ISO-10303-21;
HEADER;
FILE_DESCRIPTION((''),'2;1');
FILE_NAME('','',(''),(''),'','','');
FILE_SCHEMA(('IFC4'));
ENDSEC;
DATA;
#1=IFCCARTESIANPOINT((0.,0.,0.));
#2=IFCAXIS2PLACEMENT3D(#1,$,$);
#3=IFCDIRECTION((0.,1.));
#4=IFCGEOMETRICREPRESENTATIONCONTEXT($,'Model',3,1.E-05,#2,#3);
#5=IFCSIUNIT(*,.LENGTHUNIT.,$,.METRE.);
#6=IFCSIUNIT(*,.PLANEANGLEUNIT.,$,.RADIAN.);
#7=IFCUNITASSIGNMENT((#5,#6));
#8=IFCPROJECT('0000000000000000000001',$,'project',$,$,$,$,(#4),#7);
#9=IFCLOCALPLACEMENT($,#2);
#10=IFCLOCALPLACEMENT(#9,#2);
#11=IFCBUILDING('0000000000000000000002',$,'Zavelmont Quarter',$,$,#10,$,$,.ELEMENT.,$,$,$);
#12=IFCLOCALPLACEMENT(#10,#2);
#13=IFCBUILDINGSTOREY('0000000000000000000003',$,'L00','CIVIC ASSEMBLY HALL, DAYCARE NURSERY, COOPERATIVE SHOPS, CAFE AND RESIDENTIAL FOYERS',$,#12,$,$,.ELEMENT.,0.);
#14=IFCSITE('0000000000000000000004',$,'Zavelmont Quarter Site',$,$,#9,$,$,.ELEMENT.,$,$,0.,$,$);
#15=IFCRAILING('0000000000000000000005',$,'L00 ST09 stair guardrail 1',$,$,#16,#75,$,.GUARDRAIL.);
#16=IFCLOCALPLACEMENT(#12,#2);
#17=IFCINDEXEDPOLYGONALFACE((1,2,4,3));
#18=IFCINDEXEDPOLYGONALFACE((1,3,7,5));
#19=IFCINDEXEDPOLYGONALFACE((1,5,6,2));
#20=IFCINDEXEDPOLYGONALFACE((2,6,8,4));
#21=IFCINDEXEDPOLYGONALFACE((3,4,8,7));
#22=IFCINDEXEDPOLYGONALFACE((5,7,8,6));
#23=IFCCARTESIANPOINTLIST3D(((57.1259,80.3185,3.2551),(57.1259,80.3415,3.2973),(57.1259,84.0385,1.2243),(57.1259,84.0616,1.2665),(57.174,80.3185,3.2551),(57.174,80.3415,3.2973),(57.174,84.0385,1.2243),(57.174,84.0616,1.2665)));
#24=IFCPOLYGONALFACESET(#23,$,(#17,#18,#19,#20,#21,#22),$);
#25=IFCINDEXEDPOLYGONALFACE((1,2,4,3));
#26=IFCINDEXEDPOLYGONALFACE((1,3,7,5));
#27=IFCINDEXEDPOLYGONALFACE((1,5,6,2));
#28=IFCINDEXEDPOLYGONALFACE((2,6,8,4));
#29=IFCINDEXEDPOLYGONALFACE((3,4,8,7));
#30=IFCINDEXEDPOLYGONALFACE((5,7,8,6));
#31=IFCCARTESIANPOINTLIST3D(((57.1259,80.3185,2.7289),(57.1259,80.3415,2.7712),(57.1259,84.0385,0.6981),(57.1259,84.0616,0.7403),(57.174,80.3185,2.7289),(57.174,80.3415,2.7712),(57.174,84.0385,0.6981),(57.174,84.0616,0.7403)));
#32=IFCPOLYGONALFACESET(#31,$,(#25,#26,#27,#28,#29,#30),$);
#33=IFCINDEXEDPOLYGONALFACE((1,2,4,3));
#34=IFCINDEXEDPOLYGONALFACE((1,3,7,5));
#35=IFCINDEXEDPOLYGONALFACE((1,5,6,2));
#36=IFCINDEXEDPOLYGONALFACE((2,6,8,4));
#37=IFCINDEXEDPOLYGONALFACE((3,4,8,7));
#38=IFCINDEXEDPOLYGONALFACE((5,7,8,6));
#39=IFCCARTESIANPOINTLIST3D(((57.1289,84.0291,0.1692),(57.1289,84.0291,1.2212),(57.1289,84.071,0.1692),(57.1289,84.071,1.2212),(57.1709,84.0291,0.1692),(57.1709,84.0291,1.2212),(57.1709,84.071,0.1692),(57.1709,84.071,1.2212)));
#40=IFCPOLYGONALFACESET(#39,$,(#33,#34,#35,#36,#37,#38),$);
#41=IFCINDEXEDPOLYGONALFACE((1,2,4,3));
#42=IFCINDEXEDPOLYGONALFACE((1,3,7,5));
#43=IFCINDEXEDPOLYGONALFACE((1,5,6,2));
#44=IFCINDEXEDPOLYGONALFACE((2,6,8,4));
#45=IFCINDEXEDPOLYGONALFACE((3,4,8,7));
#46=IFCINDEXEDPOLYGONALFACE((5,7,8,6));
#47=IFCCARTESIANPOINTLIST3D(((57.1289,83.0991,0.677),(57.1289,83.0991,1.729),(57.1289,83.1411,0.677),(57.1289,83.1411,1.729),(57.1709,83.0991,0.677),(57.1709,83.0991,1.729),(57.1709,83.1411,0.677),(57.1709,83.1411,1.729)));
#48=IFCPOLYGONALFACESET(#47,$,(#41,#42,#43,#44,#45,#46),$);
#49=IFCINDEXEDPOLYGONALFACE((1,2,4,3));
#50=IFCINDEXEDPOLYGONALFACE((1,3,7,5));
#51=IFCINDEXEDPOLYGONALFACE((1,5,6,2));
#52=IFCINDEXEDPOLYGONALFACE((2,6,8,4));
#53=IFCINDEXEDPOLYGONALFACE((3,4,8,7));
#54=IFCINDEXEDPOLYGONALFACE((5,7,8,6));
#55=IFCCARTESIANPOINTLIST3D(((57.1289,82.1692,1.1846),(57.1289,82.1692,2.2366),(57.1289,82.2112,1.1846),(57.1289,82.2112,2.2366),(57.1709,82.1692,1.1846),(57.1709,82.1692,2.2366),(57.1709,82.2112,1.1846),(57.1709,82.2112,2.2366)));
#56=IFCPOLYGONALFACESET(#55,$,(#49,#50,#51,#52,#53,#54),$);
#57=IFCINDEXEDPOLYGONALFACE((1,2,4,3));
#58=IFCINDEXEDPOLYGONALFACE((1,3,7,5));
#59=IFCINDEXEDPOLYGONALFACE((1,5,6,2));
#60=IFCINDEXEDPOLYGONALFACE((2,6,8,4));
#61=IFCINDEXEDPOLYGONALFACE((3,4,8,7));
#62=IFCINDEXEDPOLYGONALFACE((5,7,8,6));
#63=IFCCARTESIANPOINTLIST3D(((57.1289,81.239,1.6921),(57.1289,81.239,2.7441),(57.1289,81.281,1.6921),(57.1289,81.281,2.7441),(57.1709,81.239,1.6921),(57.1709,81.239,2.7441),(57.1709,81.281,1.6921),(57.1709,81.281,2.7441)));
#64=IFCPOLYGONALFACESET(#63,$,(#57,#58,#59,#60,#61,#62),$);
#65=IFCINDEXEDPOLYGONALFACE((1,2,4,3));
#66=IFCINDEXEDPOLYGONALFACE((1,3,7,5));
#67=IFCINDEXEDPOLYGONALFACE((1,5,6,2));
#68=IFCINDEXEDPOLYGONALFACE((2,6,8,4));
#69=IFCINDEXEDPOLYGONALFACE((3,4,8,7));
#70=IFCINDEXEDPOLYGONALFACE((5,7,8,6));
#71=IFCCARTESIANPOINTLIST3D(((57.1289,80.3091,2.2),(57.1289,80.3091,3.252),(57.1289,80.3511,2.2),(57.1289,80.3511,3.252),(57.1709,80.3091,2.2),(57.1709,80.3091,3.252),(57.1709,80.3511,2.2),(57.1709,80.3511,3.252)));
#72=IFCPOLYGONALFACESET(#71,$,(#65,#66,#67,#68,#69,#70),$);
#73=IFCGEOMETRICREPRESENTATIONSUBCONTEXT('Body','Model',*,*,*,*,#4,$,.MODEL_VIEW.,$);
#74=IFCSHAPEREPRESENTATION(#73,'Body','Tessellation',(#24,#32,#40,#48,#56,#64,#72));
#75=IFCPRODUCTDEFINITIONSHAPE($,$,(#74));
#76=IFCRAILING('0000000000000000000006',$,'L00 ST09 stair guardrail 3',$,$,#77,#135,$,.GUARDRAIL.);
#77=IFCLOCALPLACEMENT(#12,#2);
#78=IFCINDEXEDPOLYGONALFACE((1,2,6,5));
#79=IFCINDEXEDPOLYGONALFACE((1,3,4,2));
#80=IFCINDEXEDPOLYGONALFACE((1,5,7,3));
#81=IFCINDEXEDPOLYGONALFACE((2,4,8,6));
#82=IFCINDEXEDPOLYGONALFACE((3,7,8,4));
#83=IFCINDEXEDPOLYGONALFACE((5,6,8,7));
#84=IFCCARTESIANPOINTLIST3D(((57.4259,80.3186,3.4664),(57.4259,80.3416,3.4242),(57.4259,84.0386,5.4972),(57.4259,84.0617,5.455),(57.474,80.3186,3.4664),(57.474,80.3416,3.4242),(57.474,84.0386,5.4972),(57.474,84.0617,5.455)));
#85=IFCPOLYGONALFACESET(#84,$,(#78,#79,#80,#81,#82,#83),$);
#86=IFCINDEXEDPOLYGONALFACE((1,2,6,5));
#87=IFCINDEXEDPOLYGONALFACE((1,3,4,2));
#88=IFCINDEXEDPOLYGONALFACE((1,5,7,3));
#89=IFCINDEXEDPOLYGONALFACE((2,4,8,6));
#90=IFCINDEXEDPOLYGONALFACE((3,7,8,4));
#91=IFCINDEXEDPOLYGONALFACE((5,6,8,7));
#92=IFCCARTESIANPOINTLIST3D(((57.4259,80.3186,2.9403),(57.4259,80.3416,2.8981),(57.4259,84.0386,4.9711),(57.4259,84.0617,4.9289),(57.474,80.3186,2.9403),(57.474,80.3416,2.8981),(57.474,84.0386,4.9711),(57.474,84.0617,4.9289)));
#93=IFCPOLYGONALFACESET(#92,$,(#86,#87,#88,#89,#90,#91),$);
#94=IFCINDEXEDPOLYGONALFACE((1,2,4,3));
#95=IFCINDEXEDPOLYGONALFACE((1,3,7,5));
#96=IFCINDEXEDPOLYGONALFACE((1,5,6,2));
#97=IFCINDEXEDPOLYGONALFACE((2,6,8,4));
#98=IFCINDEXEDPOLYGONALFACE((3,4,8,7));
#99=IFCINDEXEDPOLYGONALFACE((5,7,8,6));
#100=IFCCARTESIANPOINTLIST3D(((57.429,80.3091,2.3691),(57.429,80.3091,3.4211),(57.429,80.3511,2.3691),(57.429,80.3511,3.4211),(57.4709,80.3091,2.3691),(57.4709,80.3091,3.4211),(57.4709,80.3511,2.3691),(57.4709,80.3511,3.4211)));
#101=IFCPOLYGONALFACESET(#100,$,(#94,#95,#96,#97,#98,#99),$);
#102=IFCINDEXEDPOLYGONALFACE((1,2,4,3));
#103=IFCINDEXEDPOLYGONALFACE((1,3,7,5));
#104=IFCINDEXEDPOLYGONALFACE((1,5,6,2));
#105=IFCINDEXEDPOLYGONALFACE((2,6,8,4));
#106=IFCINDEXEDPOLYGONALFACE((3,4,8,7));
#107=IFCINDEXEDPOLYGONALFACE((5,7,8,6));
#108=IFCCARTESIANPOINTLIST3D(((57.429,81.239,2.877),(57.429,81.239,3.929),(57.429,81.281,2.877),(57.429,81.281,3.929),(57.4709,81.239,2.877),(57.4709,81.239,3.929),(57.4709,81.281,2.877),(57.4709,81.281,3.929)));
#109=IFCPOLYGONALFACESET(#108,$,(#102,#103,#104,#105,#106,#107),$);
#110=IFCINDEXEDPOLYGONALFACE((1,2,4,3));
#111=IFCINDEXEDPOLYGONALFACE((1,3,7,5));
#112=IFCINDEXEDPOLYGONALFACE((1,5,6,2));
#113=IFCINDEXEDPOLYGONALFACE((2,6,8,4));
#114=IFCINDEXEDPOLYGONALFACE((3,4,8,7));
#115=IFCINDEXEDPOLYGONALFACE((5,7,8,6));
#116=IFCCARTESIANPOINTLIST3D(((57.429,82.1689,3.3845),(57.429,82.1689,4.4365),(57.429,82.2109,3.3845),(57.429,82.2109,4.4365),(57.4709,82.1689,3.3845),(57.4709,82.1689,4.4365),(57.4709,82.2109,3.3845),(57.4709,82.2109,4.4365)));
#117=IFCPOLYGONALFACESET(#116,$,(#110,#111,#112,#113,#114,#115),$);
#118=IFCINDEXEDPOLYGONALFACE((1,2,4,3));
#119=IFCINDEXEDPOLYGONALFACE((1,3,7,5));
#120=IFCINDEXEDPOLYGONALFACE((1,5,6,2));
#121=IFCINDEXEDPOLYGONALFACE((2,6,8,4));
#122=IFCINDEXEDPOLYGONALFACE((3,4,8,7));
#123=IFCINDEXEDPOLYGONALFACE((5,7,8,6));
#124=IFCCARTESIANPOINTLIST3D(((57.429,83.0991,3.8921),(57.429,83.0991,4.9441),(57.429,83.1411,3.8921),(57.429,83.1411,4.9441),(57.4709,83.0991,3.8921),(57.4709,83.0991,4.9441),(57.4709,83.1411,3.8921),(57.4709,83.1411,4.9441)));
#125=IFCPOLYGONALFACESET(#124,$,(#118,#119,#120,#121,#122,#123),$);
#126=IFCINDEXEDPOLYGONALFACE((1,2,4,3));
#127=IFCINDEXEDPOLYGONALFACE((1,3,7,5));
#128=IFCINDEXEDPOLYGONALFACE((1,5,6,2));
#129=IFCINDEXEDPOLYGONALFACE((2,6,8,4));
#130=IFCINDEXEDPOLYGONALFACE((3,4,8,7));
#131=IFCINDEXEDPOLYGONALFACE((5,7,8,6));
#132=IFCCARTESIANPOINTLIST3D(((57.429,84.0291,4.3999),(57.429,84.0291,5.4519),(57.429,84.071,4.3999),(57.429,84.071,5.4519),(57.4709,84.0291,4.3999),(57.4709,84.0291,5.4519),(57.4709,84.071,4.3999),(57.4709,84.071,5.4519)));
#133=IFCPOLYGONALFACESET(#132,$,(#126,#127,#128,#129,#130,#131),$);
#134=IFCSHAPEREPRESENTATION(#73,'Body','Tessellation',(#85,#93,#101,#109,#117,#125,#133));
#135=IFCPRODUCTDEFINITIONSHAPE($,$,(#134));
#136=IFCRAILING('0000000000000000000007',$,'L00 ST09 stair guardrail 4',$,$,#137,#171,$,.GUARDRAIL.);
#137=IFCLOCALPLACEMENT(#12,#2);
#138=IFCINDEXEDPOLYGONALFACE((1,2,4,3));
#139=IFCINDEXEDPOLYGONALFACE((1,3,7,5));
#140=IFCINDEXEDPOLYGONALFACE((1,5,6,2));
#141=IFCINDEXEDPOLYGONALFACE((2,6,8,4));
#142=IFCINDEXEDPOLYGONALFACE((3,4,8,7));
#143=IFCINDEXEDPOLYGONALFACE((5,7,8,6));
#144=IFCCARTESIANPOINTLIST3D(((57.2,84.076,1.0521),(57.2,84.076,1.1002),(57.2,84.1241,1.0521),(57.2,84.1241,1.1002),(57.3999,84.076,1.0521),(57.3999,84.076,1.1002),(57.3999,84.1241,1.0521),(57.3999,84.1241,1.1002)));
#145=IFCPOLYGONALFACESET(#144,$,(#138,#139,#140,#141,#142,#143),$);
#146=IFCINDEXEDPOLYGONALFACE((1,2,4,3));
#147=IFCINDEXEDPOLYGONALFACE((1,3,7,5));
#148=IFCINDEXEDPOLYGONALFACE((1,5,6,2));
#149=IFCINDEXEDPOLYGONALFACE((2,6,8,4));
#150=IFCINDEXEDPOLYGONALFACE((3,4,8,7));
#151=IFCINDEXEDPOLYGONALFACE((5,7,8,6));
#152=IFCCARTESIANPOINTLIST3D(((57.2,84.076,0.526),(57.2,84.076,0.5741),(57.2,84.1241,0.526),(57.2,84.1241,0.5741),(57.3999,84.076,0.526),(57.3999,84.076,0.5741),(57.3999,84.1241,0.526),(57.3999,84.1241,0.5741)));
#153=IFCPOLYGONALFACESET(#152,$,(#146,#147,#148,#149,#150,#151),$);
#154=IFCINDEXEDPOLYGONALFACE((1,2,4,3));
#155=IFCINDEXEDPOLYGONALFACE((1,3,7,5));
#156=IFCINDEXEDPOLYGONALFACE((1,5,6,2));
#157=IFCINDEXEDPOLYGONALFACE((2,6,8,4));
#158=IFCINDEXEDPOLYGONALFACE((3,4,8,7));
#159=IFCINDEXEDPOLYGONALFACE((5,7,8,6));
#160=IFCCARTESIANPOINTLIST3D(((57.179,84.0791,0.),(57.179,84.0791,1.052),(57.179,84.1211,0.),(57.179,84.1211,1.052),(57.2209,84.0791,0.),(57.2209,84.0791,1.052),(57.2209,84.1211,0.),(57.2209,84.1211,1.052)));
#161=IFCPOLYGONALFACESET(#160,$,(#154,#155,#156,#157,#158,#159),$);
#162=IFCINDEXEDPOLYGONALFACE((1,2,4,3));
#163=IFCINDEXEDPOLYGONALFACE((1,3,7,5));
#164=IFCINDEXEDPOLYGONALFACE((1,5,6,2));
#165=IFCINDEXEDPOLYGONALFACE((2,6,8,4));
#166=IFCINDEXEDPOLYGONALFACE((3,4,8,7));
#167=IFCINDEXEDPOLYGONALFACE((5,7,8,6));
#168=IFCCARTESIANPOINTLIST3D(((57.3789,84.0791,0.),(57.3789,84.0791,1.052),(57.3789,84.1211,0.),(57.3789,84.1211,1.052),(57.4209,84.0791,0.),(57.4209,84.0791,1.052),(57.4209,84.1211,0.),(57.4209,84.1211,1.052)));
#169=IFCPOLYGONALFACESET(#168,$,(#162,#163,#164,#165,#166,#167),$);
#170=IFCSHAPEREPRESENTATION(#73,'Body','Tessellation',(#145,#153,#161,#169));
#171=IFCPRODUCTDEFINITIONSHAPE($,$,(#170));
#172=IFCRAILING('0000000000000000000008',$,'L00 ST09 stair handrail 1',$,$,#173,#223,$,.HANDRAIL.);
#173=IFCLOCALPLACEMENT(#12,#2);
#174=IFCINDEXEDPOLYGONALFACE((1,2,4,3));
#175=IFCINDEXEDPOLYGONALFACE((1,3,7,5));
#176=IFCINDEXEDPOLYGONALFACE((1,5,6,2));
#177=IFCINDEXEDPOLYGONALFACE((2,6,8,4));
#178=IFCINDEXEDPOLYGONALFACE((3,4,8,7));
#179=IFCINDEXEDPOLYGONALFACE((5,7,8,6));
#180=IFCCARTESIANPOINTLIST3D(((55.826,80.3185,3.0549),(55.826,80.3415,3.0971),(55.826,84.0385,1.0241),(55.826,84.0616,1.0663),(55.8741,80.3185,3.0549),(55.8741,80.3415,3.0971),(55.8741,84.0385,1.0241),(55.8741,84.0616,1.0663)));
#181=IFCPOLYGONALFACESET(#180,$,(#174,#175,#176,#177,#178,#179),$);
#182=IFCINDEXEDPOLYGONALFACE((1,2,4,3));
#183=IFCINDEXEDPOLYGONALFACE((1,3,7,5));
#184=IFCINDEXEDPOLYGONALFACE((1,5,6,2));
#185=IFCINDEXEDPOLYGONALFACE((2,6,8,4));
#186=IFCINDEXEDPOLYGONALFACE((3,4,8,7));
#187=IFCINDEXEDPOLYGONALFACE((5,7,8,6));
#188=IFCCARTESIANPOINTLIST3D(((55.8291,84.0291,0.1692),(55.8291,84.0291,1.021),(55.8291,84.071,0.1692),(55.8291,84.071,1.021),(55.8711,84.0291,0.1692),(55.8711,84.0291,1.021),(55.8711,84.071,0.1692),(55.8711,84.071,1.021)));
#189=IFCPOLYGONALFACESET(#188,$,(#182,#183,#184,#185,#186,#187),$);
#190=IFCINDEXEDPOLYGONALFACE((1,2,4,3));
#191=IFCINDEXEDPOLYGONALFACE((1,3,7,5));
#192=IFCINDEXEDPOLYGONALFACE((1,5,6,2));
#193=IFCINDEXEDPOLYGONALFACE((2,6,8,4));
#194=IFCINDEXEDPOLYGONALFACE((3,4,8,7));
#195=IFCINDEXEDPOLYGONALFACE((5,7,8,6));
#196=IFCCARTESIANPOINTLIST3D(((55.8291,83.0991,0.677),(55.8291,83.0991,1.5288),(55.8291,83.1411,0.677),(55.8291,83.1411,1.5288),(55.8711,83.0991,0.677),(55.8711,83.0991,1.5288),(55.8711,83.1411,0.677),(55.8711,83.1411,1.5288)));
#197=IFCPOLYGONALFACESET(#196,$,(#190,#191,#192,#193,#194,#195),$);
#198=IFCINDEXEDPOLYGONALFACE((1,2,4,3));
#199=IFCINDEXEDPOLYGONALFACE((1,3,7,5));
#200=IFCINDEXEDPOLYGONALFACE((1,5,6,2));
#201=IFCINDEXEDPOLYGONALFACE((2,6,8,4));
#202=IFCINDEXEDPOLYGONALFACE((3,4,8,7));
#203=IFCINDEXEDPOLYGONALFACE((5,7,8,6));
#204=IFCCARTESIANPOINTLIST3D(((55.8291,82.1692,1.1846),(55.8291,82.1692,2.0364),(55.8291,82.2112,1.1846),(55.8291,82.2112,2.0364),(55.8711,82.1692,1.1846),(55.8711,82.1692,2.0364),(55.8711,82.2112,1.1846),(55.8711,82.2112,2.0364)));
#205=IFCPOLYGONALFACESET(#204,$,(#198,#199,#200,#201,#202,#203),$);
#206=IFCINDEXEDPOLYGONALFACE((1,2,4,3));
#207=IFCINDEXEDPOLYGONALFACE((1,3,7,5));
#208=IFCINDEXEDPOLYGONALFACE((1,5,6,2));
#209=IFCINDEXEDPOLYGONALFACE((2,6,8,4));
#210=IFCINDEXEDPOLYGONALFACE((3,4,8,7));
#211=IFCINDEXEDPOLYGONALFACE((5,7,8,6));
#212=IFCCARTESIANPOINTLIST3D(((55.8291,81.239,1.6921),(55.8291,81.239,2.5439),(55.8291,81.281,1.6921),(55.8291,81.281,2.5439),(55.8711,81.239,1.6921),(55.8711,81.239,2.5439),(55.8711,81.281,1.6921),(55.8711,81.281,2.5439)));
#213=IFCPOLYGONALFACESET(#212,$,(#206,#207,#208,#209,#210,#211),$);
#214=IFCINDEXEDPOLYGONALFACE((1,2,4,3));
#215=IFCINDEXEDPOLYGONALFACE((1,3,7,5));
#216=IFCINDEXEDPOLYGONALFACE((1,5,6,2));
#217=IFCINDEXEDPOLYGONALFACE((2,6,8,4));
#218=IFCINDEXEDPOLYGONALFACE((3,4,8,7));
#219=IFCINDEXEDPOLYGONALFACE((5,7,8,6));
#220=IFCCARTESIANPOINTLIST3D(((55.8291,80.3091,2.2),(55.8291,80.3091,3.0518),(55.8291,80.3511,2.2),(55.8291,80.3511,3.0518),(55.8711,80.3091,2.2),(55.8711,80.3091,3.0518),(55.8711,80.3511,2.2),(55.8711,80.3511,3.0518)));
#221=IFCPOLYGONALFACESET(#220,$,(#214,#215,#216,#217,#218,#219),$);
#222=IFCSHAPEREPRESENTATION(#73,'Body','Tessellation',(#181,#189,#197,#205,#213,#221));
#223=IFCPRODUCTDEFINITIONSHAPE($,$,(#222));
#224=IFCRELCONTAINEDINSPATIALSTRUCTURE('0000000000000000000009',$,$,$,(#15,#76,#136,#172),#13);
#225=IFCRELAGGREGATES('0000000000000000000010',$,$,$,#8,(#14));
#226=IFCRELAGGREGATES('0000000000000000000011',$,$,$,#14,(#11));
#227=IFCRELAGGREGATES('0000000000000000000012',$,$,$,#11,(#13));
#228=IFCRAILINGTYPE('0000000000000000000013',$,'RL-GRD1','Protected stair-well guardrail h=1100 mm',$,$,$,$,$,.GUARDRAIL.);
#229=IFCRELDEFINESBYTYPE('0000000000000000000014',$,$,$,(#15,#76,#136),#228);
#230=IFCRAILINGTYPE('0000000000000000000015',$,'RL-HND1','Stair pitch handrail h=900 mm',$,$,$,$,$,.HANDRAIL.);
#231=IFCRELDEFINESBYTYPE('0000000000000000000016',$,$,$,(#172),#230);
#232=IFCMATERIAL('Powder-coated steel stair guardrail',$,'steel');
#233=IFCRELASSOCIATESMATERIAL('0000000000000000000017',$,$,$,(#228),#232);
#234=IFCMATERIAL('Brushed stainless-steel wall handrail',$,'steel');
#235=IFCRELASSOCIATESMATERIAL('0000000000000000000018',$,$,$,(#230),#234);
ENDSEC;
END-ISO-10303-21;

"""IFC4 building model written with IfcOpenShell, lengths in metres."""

from ifc_helpers import new_model, si_unit, direction, frame, origin, origin_2d, place, context, subcontext, project, spatial, rectangle, extrude, material, type_object, element, save


model = new_model("IFC4")

# Units and contexts
model_context = context("Model", 3, precision=1e-05, world=origin(), true_north=direction((0.0, 1.0)))
body_context = subcontext(model_context, "Body", "Model", "MODEL_VIEW")
ifc_project = project(units=[si_unit("LENGTHUNIT", "METRE"), si_unit("PLANEANGLEUNIT", "RADIAN")], contexts=[model_context])

# Site, building, storey
site_placement = place(None, origin())
site = spatial("IfcSite", under=ifc_project, at=site_placement, Name="Zavelmont Quarter Site", CompositionType="ELEMENT", RefElevation=0.0)
building_placement = place(site_placement, origin())
building = spatial("IfcBuilding", under=site, at=building_placement, Name="Zavelmont Quarter", CompositionType="ELEMENT")
storey_placement = place(building_placement, origin())
storey = spatial("IfcBuildingStorey", under=building, at=storey_placement, Name="L00", Description="CIVIC ASSEMBLY HALL, DAYCARE NURSERY, COOPERATIVE SHOPS, CAFE AND RESIDENTIAL FOYERS", CompositionType="ELEMENT", Elevation=0.0)

# Railings
ifc_material_1 = material(Name="Powder-coated steel stair guardrail", Category="steel")
railing_type_1 = type_object("IfcRailingType", Name="RL-GRD1", Description="Protected stair-well guardrail h=1100 mm", PredefinedType="GUARDRAIL", material=ifc_material_1)
railing_1_placement = place(storey_placement, frame((57.1499, 84.05, 0.1692)))
element("IfcRailing", 1, at=railing_1_placement, inside=storey, type_object=railing_type_1, Name="L00 ST09 stair guardrail 1", PredefinedType="GUARDRAIL", context=body_context, shape_type="SweptSolid", body=[
    extrude(rectangle(XDim=0.0481, YDim=0.0481, at=origin_2d()), frame((0.0, 0.0, 1.0762), z_axis=(0.0, -0.877728, 0.479159), x_axis=(1.0, 0.0, 0.0)), (0.0, 0.0, 1.0), 4.2383),
    extrude(rectangle(XDim=0.0481, YDim=0.0481, at=origin_2d()), frame((0.0, 0.0, 0.55), z_axis=(0.0, -0.877728, 0.479159), x_axis=(1.0, 0.0, 0.0)), (0.0, 0.0, 1.0), 4.2383),
    extrude(rectangle(XDim=0.042, YDim=0.042, at=origin_2d()), origin(), (0.0, 0.0, 1.0), 1.052),
    extrude(rectangle(XDim=0.042, YDim=0.042, at=origin_2d()), frame((0.0, -0.9299, 0.5078)), (0.0, 0.0, 1.0), 1.052),
    extrude(rectangle(XDim=0.042, YDim=0.042, at=origin_2d()), frame((0.0, -1.8599, 1.0154)), (0.0, 0.0, 1.0), 1.052),
    extrude(rectangle(XDim=0.042, YDim=0.042, at=origin_2d()), frame((0.0, -2.79, 1.5229)), (0.0, 0.0, 1.0), 1.052),
    extrude(rectangle(XDim=0.042, YDim=0.042, at=origin_2d()), frame((0.0, -3.72, 2.0308)), (0.0, 0.0, 1.0), 1.052),
])
railing_2_placement = place(storey_placement, frame((57.45, 80.3301, 2.3691)))
element("IfcRailing", 2, at=railing_2_placement, inside=storey, type_object=railing_type_1, Name="L00 ST09 stair guardrail 3", PredefinedType="GUARDRAIL", context=body_context, shape_type="SweptSolid", body=[
    extrude(rectangle(XDim=0.0481, YDim=0.0481, at=origin_2d()), frame((0.0, 0.0, 1.0762), z_axis=(0.0, 0.877728, 0.479159), x_axis=(-1.0, 0.0, 0.0)), (0.0, 0.0, 1.0), 4.2383),
    extrude(rectangle(XDim=0.0481, YDim=0.0481, at=origin_2d()), frame((0.0, 0.0, 0.55), z_axis=(0.0, 0.877728, 0.479159), x_axis=(-1.0, 0.0, 0.0)), (0.0, 0.0, 1.0), 4.2383),
    extrude(rectangle(XDim=0.042, YDim=0.042, at=origin_2d()), origin(), (0.0, 0.0, 1.0), 1.052),
    extrude(rectangle(XDim=0.042, YDim=0.042, at=origin_2d()), frame((0.0, 0.9299, 0.5078)), (0.0, 0.0, 1.0), 1.052),
    extrude(rectangle(XDim=0.042, YDim=0.042, at=origin_2d()), frame((0.0, 1.8599, 1.0154)), (0.0, 0.0, 1.0), 1.052),
    extrude(rectangle(XDim=0.042, YDim=0.042, at=origin_2d()), frame((0.0, 2.79, 1.5229)), (0.0, 0.0, 1.0), 1.052),
    extrude(rectangle(XDim=0.042, YDim=0.042, at=origin_2d()), frame((0.0, 3.72, 2.0308)), (0.0, 0.0, 1.0), 1.052),
])
railing_3_placement = place(storey_placement, frame((57.2, 84.1001, 0.0)))
element("IfcRailing", 3, at=railing_3_placement, inside=storey, type_object=railing_type_1, Name="L00 ST09 stair guardrail 4", PredefinedType="GUARDRAIL", context=body_context, shape_type="SweptSolid", body=[
    extrude(rectangle(XDim=0.0481, YDim=0.0481, at=origin_2d()), frame((0.0, 0.0, 1.0762), z_axis=(1.0, 0.0, 0.0), x_axis=(0.0, 1.0, 0.0)), (0.0, 0.0, 1.0), 0.2),
    extrude(rectangle(XDim=0.0481, YDim=0.0481, at=origin_2d()), frame((0.0, 0.0, 0.55), z_axis=(1.0, 0.0, 0.0), x_axis=(0.0, 1.0, 0.0)), (0.0, 0.0, 1.0), 0.2),
    extrude(rectangle(XDim=0.042, YDim=0.042, at=origin_2d()), origin(), (0.0, 0.0, 1.0), 1.052),
    extrude(rectangle(XDim=0.042, YDim=0.042, at=origin_2d()), frame((0.2, 0.0, 0.0)), (0.0, 0.0, 1.0), 1.052),
])
ifc_material_2 = material(Name="Brushed stainless-steel wall handrail", Category="steel")
railing_type_2 = type_object("IfcRailingType", Name="RL-HND1", Description="Stair pitch handrail h=900 mm", PredefinedType="HANDRAIL", material=ifc_material_2)
railing_4_placement = place(storey_placement, frame((55.8501, 84.05, 0.1692)))
element("IfcRailing", 4, at=railing_4_placement, inside=storey, type_object=railing_type_2, Name="L00 ST09 stair handrail 1", PredefinedType="HANDRAIL", context=body_context, shape_type="SweptSolid", body=[
    extrude(rectangle(XDim=0.0481, YDim=0.0481, at=origin_2d()), frame((0.0, 0.0, 0.876), z_axis=(0.0, -0.877728, 0.479159), x_axis=(1.0, 0.0, 0.0)), (0.0, 0.0, 1.0), 4.2383),
    extrude(rectangle(XDim=0.042, YDim=0.042, at=origin_2d()), origin(), (0.0, 0.0, 1.0), 0.8518),
    extrude(rectangle(XDim=0.042, YDim=0.042, at=origin_2d()), frame((0.0, -0.9299, 0.5078)), (0.0, 0.0, 1.0), 0.8518),
    extrude(rectangle(XDim=0.042, YDim=0.042, at=origin_2d()), frame((0.0, -1.8599, 1.0154)), (0.0, 0.0, 1.0), 0.8518),
    extrude(rectangle(XDim=0.042, YDim=0.042, at=origin_2d()), frame((0.0, -2.79, 1.5229)), (0.0, 0.0, 1.0), 0.8518),
    extrude(rectangle(XDim=0.042, YDim=0.042, at=origin_2d()), frame((0.0, -3.72, 2.0308)), (0.0, 0.0, 1.0), 0.8518),
])

save(model, "model.ifc")
